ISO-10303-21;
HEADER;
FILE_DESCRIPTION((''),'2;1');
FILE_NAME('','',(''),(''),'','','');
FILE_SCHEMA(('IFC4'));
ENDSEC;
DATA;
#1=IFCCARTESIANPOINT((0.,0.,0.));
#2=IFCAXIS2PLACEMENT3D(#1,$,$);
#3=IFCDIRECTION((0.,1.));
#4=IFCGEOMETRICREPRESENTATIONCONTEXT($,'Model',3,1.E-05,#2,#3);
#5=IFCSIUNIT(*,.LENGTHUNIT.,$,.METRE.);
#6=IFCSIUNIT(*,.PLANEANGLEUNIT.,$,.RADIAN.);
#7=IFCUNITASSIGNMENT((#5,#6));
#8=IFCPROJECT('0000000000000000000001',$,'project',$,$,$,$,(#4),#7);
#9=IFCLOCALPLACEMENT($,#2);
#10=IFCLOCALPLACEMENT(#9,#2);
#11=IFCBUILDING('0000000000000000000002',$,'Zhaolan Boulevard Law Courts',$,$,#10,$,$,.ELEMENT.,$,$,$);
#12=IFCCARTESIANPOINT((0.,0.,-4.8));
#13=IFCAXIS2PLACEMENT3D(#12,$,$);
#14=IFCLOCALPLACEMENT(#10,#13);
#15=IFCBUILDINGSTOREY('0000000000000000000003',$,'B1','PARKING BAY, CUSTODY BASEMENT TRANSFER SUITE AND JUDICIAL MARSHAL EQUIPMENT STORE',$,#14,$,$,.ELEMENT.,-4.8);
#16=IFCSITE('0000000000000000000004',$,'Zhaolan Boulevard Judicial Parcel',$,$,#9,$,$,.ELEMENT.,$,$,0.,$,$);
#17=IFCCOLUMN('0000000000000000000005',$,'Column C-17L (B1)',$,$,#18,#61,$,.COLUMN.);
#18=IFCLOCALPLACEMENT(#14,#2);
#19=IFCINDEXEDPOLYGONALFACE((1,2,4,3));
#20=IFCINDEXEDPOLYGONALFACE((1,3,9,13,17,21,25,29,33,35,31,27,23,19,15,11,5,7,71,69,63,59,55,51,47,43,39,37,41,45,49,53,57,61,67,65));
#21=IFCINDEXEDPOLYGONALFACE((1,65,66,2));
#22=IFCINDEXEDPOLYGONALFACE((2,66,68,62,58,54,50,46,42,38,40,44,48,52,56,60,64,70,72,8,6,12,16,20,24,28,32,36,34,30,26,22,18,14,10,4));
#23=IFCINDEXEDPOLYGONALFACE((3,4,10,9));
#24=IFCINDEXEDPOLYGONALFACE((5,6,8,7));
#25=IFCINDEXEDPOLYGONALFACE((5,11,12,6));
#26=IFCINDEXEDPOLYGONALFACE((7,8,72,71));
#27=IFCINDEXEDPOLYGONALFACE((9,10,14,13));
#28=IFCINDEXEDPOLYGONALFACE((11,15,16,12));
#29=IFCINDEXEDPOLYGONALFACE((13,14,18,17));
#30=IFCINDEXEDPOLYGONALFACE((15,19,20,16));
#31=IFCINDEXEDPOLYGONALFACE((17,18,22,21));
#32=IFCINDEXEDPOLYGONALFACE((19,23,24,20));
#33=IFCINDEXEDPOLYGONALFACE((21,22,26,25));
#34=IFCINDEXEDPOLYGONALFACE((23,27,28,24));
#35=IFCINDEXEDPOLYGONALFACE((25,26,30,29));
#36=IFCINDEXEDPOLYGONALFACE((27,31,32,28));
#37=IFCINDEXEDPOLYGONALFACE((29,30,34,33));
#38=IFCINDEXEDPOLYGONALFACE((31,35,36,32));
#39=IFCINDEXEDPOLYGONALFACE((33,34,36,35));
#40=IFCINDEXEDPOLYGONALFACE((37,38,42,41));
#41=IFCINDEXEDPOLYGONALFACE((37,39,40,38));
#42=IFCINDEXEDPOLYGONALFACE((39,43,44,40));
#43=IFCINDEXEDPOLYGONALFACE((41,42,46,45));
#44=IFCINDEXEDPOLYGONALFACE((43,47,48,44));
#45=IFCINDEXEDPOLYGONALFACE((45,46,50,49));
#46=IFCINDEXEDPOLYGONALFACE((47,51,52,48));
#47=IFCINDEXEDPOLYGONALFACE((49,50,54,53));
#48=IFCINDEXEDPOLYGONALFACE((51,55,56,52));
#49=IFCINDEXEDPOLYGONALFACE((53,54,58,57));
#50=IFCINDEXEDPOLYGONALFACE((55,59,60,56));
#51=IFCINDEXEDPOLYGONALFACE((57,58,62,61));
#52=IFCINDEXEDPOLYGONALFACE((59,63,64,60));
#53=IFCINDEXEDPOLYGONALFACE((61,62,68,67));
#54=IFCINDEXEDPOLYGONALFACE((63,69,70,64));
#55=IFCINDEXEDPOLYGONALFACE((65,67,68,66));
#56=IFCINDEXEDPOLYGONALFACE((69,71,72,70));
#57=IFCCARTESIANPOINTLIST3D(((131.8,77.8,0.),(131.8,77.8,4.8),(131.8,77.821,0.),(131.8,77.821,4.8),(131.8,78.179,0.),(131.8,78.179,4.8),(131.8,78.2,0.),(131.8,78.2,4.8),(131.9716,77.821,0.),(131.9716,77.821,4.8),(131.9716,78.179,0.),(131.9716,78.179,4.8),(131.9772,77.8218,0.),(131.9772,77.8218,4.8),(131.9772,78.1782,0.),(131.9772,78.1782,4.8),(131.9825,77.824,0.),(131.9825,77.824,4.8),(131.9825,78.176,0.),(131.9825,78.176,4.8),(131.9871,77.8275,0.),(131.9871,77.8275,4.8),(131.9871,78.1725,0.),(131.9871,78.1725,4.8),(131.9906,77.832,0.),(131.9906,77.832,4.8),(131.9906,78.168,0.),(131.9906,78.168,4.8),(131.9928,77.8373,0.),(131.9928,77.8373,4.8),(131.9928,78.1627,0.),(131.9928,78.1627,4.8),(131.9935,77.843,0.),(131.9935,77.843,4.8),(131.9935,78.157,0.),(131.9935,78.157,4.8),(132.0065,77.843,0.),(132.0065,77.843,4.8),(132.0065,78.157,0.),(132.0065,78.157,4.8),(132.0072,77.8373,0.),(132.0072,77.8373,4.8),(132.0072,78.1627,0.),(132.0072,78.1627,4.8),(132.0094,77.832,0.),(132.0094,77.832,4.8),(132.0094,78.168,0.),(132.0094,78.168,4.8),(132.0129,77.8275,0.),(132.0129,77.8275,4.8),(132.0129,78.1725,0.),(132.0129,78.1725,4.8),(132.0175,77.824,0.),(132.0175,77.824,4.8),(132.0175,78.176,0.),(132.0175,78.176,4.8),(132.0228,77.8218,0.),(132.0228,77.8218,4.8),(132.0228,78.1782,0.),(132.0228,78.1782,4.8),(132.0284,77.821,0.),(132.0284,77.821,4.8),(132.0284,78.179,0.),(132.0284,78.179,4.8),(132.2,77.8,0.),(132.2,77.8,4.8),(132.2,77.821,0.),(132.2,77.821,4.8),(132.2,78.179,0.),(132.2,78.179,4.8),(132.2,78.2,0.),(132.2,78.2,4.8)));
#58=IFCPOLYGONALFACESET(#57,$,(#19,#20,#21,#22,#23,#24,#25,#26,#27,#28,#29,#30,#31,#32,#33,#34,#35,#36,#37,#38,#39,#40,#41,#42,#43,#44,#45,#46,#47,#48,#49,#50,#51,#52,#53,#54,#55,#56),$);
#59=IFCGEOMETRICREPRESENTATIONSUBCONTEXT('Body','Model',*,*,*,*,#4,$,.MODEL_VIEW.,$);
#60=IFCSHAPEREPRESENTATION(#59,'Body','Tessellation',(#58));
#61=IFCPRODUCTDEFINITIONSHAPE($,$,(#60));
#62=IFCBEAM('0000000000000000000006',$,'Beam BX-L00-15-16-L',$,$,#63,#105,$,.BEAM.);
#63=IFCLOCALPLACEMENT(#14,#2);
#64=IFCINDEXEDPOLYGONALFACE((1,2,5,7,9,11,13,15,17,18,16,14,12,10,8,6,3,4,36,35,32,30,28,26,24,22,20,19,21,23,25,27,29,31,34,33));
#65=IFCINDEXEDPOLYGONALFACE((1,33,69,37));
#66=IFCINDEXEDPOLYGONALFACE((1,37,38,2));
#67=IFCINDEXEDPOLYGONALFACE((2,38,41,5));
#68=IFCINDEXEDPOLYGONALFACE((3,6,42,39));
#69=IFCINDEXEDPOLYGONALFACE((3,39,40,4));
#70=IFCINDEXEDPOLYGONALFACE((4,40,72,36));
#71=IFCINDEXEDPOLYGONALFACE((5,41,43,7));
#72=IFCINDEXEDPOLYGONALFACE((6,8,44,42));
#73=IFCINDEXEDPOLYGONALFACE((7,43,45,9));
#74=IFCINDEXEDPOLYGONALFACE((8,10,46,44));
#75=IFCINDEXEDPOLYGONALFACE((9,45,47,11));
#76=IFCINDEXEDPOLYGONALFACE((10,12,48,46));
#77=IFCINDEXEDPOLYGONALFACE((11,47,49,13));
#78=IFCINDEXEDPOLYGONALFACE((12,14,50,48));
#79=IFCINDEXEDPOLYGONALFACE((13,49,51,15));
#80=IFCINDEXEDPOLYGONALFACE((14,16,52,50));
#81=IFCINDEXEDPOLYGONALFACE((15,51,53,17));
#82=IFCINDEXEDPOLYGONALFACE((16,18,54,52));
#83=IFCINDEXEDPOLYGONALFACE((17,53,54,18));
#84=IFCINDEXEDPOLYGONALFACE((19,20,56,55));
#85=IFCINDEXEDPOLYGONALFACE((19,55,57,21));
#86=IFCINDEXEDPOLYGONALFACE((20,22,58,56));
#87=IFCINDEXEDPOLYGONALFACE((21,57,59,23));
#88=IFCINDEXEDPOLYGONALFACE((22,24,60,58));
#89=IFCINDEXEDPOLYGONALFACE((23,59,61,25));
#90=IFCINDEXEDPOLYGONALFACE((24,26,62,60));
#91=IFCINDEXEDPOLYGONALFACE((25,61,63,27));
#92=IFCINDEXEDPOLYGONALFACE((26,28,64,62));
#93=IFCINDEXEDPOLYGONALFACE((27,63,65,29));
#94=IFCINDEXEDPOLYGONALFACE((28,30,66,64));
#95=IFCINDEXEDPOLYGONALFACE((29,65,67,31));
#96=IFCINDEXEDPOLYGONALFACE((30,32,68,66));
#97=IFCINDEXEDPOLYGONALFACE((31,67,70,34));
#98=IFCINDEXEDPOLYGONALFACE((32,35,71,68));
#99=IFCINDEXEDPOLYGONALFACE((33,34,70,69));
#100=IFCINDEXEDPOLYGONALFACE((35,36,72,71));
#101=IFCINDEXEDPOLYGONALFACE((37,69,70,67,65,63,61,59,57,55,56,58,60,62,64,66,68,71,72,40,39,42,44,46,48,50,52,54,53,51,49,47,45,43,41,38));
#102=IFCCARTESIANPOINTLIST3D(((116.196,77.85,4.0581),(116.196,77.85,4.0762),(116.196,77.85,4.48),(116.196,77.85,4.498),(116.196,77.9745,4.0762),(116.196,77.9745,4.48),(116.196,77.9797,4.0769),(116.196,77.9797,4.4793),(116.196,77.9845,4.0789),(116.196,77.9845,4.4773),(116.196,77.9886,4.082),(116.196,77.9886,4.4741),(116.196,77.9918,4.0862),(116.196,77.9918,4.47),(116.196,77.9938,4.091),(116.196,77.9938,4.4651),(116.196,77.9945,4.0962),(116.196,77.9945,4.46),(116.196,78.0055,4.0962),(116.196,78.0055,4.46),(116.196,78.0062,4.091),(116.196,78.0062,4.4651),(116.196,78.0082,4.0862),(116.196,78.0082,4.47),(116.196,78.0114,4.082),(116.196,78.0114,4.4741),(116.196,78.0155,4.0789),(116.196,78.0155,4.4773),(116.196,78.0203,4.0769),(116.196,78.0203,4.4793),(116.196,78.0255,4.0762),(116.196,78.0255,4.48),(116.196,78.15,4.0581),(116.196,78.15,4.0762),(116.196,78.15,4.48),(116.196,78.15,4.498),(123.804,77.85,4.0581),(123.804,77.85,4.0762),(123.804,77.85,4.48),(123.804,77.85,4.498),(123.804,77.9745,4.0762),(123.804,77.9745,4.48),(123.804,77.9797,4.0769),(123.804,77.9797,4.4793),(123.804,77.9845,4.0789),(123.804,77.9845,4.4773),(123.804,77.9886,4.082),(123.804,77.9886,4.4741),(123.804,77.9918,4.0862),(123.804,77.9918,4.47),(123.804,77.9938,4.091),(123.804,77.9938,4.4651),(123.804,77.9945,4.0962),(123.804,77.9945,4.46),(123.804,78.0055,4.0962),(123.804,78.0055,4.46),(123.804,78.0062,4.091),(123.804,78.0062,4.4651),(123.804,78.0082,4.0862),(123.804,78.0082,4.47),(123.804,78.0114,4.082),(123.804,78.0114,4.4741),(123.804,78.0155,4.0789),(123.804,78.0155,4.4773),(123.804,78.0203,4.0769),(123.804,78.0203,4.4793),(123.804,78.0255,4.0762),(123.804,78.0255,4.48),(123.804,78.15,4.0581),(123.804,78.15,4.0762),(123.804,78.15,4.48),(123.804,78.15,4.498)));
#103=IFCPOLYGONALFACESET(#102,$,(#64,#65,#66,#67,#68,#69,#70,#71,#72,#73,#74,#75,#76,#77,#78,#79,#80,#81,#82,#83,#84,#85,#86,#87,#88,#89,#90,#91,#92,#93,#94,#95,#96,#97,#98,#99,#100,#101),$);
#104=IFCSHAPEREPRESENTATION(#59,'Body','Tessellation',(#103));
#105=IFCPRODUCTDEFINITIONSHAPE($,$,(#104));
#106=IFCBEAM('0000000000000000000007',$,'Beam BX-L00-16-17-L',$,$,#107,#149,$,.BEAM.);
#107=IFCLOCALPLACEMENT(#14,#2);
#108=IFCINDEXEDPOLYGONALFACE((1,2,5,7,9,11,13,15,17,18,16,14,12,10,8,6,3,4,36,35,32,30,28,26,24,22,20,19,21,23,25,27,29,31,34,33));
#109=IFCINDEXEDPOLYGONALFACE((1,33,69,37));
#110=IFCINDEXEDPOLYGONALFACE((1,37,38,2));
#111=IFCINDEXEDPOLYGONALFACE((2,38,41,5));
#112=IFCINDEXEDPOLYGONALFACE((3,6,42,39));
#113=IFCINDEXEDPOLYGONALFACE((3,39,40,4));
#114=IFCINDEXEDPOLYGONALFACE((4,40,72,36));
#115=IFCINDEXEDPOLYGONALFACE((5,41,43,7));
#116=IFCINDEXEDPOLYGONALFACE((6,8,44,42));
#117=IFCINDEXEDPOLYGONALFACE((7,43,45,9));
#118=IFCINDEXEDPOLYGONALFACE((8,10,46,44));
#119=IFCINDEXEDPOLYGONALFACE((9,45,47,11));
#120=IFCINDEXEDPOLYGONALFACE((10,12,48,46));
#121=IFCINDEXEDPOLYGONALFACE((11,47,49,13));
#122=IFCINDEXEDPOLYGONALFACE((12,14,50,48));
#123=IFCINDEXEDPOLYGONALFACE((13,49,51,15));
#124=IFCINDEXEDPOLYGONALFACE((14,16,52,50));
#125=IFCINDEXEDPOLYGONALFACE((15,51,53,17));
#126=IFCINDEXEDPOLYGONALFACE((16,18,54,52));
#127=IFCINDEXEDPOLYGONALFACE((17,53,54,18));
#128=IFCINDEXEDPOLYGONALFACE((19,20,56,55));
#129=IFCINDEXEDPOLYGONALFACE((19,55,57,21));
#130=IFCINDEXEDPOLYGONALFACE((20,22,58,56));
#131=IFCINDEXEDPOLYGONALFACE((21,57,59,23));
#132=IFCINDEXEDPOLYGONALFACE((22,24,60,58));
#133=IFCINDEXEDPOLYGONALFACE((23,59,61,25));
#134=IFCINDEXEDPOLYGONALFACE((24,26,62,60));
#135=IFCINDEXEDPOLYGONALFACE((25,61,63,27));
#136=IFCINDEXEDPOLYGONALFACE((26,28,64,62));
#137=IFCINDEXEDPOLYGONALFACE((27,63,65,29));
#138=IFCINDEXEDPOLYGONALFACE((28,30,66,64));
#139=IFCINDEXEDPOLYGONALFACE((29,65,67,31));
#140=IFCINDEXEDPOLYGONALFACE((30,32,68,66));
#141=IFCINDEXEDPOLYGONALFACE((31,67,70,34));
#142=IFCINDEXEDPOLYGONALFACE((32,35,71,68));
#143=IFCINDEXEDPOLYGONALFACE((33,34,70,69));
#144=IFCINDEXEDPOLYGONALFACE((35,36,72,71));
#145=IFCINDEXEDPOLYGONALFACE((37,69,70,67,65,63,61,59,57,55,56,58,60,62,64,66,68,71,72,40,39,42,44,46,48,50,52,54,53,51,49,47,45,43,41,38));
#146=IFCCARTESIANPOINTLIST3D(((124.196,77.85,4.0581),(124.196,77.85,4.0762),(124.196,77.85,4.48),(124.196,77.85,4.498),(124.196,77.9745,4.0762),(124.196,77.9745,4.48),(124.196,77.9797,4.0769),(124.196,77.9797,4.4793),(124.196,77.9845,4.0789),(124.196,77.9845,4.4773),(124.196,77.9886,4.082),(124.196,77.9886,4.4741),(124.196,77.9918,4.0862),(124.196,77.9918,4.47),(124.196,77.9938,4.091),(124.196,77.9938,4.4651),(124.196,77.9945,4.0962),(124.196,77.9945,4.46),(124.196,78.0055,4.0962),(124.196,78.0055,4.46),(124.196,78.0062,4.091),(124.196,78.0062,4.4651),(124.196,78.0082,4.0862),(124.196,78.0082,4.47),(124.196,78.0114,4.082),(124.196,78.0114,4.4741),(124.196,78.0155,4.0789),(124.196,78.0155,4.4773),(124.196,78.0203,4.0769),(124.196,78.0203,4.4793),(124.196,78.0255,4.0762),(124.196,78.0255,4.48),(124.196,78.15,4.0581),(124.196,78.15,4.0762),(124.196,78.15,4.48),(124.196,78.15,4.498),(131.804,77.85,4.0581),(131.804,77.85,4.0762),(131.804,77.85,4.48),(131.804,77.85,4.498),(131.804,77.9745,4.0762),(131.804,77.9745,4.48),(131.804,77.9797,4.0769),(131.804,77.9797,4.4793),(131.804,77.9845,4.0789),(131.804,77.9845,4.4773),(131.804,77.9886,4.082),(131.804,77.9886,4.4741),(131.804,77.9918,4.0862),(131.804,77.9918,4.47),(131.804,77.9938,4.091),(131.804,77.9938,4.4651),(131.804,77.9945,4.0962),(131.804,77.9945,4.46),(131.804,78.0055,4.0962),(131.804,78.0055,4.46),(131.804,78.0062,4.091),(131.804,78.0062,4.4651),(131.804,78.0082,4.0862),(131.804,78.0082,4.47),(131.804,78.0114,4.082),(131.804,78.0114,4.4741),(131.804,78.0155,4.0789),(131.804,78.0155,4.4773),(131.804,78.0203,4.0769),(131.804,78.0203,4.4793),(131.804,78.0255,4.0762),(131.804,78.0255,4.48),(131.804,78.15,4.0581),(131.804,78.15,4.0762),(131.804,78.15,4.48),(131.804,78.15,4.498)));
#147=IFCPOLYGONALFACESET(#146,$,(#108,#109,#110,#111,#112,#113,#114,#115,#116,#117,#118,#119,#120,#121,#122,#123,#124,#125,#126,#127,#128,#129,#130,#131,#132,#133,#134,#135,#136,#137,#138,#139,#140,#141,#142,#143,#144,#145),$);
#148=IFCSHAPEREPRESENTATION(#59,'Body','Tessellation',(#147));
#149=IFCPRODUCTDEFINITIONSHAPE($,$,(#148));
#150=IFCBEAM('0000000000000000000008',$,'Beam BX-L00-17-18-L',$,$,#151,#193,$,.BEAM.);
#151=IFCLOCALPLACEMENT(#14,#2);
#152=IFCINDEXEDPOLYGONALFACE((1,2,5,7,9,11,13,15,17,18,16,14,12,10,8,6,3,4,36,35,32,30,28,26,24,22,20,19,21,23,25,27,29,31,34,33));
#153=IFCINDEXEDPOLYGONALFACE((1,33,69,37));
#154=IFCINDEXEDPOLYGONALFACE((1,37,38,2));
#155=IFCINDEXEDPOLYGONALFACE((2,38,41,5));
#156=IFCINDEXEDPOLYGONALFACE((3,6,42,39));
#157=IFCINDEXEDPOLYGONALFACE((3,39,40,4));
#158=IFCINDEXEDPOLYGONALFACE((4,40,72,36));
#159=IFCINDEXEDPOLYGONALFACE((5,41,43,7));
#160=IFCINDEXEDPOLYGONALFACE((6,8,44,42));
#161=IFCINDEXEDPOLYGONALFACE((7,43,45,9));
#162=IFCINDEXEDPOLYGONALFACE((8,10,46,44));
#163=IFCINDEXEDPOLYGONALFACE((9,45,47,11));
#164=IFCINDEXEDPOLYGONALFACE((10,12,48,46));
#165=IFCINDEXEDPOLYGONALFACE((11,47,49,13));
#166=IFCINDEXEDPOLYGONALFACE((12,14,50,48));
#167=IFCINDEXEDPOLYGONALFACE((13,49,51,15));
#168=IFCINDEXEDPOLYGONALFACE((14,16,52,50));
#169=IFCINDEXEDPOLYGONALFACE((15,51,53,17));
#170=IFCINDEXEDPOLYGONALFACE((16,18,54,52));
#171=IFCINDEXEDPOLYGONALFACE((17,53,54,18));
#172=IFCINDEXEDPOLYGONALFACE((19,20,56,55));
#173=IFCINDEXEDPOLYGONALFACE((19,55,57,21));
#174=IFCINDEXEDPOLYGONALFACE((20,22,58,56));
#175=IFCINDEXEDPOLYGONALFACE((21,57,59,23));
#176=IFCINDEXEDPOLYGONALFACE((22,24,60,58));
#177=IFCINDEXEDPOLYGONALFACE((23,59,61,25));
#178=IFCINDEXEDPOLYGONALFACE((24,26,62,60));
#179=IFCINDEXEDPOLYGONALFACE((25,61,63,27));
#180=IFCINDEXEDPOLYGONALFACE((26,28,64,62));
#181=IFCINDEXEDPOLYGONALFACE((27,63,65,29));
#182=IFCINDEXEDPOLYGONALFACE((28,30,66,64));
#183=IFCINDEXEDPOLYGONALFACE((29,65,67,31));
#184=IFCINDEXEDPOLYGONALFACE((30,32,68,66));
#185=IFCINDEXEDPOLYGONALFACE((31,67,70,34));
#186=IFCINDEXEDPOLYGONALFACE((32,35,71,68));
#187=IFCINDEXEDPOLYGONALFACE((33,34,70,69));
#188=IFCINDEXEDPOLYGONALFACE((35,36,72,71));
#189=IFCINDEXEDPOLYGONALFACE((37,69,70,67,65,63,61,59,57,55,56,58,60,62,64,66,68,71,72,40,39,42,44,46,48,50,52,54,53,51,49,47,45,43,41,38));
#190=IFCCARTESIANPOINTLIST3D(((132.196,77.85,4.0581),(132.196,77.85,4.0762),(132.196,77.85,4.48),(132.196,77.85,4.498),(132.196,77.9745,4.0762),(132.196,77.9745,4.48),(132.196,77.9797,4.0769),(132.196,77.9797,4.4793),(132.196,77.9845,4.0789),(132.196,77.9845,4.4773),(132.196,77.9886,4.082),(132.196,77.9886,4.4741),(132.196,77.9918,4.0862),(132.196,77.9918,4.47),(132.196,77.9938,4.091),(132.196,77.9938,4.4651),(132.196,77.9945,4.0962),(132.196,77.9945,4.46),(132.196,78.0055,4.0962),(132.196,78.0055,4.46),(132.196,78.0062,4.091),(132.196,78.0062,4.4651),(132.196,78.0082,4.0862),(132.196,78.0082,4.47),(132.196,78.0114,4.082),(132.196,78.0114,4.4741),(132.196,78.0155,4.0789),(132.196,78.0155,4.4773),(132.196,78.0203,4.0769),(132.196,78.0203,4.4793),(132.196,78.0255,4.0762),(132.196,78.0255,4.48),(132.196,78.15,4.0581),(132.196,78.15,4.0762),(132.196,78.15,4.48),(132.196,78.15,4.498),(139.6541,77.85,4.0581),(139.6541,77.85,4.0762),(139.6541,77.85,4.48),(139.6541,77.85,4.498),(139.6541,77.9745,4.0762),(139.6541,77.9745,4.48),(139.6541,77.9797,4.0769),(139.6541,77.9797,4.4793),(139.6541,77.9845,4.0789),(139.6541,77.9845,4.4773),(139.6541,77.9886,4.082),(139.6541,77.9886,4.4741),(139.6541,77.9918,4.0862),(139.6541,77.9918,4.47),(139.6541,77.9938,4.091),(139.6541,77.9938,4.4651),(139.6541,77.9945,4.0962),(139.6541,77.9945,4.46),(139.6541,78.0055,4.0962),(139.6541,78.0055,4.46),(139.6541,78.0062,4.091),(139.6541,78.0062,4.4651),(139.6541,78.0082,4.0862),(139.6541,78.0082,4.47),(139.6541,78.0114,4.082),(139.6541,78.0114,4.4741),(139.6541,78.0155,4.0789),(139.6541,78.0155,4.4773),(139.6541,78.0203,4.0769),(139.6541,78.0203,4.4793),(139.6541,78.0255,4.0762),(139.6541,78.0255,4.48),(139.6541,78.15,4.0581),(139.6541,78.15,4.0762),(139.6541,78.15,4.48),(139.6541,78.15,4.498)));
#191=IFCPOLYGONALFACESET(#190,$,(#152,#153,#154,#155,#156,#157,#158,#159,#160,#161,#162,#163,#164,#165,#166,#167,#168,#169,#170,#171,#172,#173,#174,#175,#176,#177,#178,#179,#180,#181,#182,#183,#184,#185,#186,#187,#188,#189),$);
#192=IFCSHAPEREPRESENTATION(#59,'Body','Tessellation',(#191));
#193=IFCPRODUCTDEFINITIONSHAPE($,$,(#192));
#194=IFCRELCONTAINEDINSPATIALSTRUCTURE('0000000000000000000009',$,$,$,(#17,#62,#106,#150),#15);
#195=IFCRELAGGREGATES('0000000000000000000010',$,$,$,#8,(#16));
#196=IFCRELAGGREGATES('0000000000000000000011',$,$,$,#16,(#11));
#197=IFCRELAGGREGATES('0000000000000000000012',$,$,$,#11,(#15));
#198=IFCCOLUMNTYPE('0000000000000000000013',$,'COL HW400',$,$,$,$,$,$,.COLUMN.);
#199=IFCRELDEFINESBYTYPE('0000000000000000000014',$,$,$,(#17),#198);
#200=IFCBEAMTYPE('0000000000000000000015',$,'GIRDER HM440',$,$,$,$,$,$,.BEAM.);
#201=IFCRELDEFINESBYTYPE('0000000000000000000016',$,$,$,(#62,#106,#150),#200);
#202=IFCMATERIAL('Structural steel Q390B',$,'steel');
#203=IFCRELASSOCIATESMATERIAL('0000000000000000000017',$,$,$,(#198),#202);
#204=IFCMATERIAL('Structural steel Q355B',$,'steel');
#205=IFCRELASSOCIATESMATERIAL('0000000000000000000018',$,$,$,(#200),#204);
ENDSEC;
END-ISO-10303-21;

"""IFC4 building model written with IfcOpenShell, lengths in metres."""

from ifc_helpers import new_model, si_unit, direction, frame, origin, origin_2d, place, context, subcontext, project, spatial, i_section, extrude, material, material_profile, profile_set, type_object, element, save


model = new_model("IFC4")

# Units and contexts
model_context = context("Model", 3, precision=1e-05, world=origin(), true_north=direction((0.0, 1.0)))
body_context = subcontext(model_context, "Body", "Model", "MODEL_VIEW")
ifc_project = project(units=[si_unit("LENGTHUNIT", "METRE"), si_unit("PLANEANGLEUNIT", "RADIAN")], contexts=[model_context])

# Site, building, storey
site_placement = place(None, origin())
site = spatial("IfcSite", under=ifc_project, at=site_placement, Name="Zhaolan Boulevard Judicial Parcel", CompositionType="ELEMENT", RefElevation=0.0)
building_placement = place(site_placement, origin())
building = spatial("IfcBuilding", under=site, at=building_placement, Name="Zhaolan Boulevard Law Courts", CompositionType="ELEMENT")
storey_placement = place(building_placement, frame((0.0, 0.0, -4.8)))
storey = spatial("IfcBuildingStorey", under=building, at=storey_placement, Name="B1", Description="PARKING BAY, CUSTODY BASEMENT TRANSFER SUITE AND JUDICIAL MARSHAL EQUIPMENT STORE", CompositionType="ELEMENT", Elevation=-4.8)

# Column
ifc_material_1 = material(Name="Structural steel Q390B", Category="steel")
ifc_material_profile_1 = material_profile(ifc_material_1, i_section(OverallWidth=0.3999, OverallDepth=0.3999, WebThickness=0.0129, FlangeThickness=0.021, FilletRadius=0.022, at=origin_2d()), Name="HW400x400")
ifc_profile_set_1 = profile_set([ifc_material_profile_1], Name="Structural steel Q390B")
column_type = type_object("IfcColumnType", Name="COL HW400", PredefinedType="COLUMN", material=ifc_profile_set_1)
for number, where, z_axis, x_axis, name in (
    (1, (132.0, 78.0, 0.0), (0.0, 0.0, 1.0), (1.0, 0.0, 0.0), "Column C-17L (B1)"),
):
    element("IfcColumn", number, at=place(storey_placement, frame(where, z_axis=z_axis, x_axis=x_axis)), inside=storey, type_object=column_type, Name=name, PredefinedType="COLUMN", context=body_context, shape_type="SweptSolid", body=[
        extrude(i_section(OverallWidth=0.3999, OverallDepth=0.3999, WebThickness=0.0129, FlangeThickness=0.021, FilletRadius=0.022, at=origin_2d()), origin(), (0.0, 0.0, 1.0), 4.8),
    ])

# Beams
ifc_material_2 = material(Name="Structural steel Q355B", Category="steel")
ifc_material_profile_2 = material_profile(ifc_material_2, i_section(OverallWidth=0.3, OverallDepth=0.4399, WebThickness=0.011, FlangeThickness=0.0181, FilletRadius=0.02, at=origin_2d()), Name="HM440x300")
ifc_profile_set_2 = profile_set([ifc_material_profile_2], Name="Structural steel Q355B")
beam_type_1 = type_object("IfcBeamType", Name="GIRDER HM440", PredefinedType="BEAM", material=ifc_profile_set_2)
for number, where, z_axis, x_axis, name in (
    (2, (116.196, 78.0, 4.2781), (1.0, 0.0, 0.0), (0.0, 1.0, 0.0), "Beam BX-L00-15-16-L"),
    (3, (124.196, 78.0, 4.2781), (1.0, 0.0, 0.0), (0.0, 1.0, 0.0), "Beam BX-L00-16-17-L"),
):
    element("IfcBeam", number, at=place(storey_placement, frame(where, z_axis=z_axis, x_axis=x_axis)), inside=storey, type_object=beam_type_1, Name=name, PredefinedType="BEAM", context=body_context, shape_type="SweptSolid", body=[
        extrude(i_section(OverallWidth=0.3, OverallDepth=0.4399, WebThickness=0.011, FlangeThickness=0.0181, FilletRadius=0.02, at=origin_2d()), origin(), (0.0, 0.0, 1.0), 7.6079),
    ])
beam_1_placement = place(storey_placement, frame((132.196, 78.0, 4.2781), z_axis=(1.0, 0.0, 0.0), x_axis=(0.0, 1.0, 0.0)))
element("IfcBeam", 4, at=beam_1_placement, inside=storey, type_object=beam_type_1, Name="Beam BX-L00-17-18-L", PredefinedType="BEAM", context=body_context, shape_type="SweptSolid", body=[
    extrude(i_section(OverallWidth=0.3, OverallDepth=0.4399, WebThickness=0.011, FlangeThickness=0.0181, FilletRadius=0.02, at=origin_2d()), origin(), (0.0, 0.0, 1.0), 7.458),
])

save(model, "model.ifc")
